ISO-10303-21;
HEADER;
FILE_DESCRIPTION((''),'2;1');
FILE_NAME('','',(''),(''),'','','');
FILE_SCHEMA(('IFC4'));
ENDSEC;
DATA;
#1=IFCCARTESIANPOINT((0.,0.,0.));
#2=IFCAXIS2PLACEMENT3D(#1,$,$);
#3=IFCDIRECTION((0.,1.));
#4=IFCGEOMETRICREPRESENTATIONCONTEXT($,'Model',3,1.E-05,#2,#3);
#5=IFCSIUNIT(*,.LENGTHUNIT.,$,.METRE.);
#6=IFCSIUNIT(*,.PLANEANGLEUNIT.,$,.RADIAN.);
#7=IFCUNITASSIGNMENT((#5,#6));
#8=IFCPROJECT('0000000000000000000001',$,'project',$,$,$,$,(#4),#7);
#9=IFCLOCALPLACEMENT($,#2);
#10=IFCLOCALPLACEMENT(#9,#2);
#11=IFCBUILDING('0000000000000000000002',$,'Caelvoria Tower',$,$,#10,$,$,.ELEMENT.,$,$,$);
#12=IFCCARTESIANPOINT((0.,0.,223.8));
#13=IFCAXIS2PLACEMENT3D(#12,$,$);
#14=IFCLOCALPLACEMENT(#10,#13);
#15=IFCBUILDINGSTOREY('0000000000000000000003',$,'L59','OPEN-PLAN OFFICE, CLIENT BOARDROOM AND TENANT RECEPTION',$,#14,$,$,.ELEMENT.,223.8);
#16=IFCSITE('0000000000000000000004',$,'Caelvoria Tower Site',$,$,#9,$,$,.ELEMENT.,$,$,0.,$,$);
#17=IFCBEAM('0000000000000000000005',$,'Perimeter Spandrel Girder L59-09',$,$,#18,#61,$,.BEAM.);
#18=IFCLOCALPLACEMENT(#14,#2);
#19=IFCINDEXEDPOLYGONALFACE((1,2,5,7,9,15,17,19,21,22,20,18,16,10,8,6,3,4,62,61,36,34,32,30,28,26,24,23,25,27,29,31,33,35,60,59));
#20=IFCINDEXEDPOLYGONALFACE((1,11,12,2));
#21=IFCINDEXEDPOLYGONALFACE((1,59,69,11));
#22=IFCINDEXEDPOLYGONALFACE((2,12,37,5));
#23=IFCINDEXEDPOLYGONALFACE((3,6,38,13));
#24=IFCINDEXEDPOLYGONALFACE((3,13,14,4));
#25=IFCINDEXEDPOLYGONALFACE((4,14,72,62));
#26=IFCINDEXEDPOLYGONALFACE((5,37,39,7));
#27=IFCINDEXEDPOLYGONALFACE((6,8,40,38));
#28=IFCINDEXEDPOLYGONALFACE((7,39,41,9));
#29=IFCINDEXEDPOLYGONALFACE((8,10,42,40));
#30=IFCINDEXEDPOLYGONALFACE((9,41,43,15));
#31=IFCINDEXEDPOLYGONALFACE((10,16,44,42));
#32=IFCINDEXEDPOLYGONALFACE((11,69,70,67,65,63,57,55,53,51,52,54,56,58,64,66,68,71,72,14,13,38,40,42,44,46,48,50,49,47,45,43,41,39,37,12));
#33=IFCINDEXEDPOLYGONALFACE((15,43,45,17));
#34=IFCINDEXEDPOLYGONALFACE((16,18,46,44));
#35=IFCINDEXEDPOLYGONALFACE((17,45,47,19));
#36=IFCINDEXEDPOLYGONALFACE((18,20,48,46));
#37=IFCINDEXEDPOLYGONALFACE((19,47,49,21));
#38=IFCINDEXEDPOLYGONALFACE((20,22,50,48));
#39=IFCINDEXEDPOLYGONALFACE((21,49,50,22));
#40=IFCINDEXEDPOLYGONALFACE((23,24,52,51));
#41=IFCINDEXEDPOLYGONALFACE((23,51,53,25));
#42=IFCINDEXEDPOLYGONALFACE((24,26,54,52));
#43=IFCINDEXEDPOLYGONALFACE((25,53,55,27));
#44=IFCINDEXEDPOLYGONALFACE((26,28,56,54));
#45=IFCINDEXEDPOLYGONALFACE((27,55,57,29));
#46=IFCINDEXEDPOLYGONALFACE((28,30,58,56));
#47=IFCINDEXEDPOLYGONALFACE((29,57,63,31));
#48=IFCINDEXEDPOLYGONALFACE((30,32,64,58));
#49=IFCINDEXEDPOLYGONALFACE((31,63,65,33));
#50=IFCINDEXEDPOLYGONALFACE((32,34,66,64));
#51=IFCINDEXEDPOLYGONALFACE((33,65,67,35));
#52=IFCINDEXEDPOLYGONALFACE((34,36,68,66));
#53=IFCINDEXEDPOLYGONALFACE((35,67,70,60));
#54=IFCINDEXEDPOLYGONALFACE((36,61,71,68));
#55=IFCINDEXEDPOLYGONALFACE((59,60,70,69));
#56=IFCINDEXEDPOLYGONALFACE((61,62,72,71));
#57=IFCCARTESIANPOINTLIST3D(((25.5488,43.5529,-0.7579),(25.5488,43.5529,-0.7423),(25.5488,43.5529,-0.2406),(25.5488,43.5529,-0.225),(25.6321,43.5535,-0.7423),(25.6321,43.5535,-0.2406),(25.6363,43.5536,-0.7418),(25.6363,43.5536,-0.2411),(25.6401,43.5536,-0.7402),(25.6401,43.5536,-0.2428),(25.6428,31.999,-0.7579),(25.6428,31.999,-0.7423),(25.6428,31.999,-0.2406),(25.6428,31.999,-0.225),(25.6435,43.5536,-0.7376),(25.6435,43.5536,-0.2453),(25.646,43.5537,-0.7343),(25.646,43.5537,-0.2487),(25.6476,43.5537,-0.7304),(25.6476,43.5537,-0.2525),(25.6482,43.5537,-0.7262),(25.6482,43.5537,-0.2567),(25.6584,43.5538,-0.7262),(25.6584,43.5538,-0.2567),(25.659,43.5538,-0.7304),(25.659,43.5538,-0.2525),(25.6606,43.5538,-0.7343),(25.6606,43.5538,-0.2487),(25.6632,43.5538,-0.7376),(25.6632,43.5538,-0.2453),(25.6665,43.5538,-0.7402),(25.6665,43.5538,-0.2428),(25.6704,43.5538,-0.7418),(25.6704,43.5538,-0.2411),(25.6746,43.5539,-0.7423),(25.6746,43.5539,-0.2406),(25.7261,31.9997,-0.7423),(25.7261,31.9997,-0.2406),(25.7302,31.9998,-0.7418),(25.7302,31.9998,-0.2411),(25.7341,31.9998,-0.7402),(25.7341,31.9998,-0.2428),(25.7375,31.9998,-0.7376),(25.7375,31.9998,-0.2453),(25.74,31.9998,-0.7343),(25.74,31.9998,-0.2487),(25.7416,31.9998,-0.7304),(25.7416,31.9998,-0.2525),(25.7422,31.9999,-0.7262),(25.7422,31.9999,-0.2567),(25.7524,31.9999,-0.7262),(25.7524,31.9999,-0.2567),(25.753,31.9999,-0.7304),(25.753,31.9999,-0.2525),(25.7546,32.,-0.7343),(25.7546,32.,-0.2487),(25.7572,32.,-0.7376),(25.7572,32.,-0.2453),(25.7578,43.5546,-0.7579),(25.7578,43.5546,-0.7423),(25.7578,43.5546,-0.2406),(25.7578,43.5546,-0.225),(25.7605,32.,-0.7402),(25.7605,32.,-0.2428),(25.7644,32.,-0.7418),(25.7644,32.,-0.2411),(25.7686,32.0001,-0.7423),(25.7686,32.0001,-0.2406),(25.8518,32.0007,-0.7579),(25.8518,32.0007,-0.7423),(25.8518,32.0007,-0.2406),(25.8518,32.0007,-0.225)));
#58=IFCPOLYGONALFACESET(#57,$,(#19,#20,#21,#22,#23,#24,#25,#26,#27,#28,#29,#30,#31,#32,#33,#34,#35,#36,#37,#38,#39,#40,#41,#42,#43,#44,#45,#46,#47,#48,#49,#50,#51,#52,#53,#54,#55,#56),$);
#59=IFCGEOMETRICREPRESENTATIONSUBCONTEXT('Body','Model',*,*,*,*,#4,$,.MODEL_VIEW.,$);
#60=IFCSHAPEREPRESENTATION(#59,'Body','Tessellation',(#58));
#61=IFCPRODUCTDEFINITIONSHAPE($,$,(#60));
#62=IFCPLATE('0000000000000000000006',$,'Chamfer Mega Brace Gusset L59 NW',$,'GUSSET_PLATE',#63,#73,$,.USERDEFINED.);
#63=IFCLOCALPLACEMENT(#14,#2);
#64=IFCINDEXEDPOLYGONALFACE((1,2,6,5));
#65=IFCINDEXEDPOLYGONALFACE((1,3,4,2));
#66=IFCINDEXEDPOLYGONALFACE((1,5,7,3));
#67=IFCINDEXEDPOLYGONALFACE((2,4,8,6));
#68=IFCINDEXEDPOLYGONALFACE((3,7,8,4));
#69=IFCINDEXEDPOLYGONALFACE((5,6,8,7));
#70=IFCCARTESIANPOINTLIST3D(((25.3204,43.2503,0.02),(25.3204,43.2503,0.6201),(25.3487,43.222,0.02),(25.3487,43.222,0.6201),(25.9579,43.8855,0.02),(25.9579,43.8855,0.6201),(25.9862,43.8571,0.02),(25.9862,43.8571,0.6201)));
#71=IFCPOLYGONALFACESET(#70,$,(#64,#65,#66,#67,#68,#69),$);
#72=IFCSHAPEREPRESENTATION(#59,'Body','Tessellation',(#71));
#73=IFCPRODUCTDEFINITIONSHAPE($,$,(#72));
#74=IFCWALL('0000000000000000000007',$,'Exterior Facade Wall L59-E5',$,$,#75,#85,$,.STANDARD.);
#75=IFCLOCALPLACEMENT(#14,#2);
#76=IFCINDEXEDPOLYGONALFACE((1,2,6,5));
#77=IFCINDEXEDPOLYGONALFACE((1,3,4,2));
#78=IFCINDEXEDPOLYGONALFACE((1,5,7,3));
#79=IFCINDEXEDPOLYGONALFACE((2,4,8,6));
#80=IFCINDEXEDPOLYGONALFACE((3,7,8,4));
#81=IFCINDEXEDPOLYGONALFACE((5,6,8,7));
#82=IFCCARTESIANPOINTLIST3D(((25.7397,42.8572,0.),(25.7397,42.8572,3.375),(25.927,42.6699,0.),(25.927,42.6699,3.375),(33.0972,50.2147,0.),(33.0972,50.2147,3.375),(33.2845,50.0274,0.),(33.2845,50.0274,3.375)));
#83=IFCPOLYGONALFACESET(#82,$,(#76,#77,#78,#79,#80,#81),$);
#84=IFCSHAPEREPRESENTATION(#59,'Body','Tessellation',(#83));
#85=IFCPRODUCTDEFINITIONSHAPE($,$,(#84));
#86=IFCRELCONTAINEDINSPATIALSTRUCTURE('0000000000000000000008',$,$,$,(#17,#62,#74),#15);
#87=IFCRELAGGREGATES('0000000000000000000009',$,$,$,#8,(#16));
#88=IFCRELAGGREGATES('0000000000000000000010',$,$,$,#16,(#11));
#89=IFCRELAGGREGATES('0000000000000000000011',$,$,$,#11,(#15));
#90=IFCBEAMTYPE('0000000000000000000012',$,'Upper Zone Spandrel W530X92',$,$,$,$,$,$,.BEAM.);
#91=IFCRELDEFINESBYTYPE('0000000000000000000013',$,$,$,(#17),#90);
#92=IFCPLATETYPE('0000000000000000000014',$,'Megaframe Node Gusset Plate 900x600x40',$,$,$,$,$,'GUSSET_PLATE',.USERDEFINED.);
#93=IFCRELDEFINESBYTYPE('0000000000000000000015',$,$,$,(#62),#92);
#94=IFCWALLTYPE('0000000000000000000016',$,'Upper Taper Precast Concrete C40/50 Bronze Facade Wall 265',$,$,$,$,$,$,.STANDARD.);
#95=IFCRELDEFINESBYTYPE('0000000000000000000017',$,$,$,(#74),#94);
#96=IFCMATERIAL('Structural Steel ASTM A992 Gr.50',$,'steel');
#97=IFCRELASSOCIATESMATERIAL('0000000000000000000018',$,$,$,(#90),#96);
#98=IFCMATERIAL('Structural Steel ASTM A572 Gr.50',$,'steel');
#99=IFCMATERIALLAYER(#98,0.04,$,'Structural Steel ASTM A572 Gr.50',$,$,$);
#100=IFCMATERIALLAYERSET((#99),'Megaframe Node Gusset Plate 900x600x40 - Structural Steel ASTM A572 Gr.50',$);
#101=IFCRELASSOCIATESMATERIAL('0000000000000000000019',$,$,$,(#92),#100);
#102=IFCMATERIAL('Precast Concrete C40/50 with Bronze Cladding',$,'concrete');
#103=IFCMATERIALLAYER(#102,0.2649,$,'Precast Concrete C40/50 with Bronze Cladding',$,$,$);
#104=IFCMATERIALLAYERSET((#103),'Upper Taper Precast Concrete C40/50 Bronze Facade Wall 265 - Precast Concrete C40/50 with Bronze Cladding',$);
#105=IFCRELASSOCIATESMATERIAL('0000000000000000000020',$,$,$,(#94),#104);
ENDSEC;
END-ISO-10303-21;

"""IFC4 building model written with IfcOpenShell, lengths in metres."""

from ifc_helpers import new_model, si_unit, direction, frame, frame_2d, origin, origin_2d, place, context, subcontext, project, spatial, rectangle, i_section, extrude, material, layer, layer_set, material_profile, profile_set, type_object, element, save


model = new_model("IFC4")

# Units and contexts
model_context = context("Model", 3, precision=1e-05, world=origin(), true_north=direction((0.0, 1.0)))
body_context = subcontext(model_context, "Body", "Model", "MODEL_VIEW")
ifc_project = project(units=[si_unit("LENGTHUNIT", "METRE"), si_unit("PLANEANGLEUNIT", "RADIAN")], contexts=[model_context])

# Site, building, storey
site_placement = place(None, origin())
site = spatial("IfcSite", under=ifc_project, at=site_placement, Name="Caelvoria Tower Site", CompositionType="ELEMENT", RefElevation=0.0)
building_placement = place(site_placement, origin())
building = spatial("IfcBuilding", under=site, at=building_placement, Name="Caelvoria Tower", CompositionType="ELEMENT")
storey_placement = place(building_placement, frame((0.0, 0.0, 223.8)))
storey = spatial("IfcBuildingStorey", under=building, at=storey_placement, Name="L59", Description="OPEN-PLAN OFFICE, CLIENT BOARDROOM AND TENANT RECEPTION", CompositionType="ELEMENT", Elevation=223.8)

# Shared definitions
ifc_material_1 = material(Name="Structural Steel ASTM A572 Gr.50", Category="steel")

# Shared definitions
ifc_material_2 = material(Name="Structural Steel ASTM A992 Gr.50", Category="steel")

# Beam
ifc_material_profile_1 = material_profile(ifc_material_2, i_section(OverallWidth=0.209, OverallDepth=0.533, WebThickness=0.0103, FlangeThickness=0.0156, FilletRadius=0.0161, at=origin_2d()), Name="Structural Steel ASTM A992 Gr.50")
ifc_profile_set_1 = profile_set([ifc_material_profile_1], Name="W530X92 - Structural Steel ASTM A992 Gr.50")
beam_type_1 = type_object("IfcBeamType", Name="Upper Zone Spandrel W530X92", PredefinedType="BEAM", material=ifc_profile_set_1)
beam_1_placement = place(storey_placement, frame((25.6533, 43.5537, -0.4915), z_axis=(0.008135, -0.999967, 0.0), x_axis=(0.999967, 0.008135, 0.0)))
element("IfcBeam", 1, at=beam_1_placement, inside=storey, type_object=beam_type_1, Name="Perimeter Spandrel Girder L59-09", PredefinedType="BEAM", context=body_context, shape_type="SweptSolid", body=[
    extrude(i_section(OverallWidth=0.209, OverallDepth=0.533, WebThickness=0.0103, FlangeThickness=0.0156, FilletRadius=0.0161, at=origin_2d()), origin(), (0.0, 0.0, 1.0), 11.5542),
])

# Plate
ifc_layer_1 = layer(ifc_material_1, 0.04, Name="Structural Steel ASTM A572 Gr.50")
ifc_layer_set_1 = layer_set([ifc_layer_1], Name="Megaframe Node Gusset Plate 900x600x40 - Structural Steel ASTM A572 Gr.50")
plate_type = type_object("IfcPlateType", Name="Megaframe Node Gusset Plate 900x600x40", ElementType="GUSSET_PLATE", PredefinedType="USERDEFINED", material=ifc_layer_set_1)
plate_placement = place(storey_placement, frame((25.6533, 43.5537, 0.02), z_axis=(0.0, 0.0, 1.0), x_axis=(0.708415, 0.705796, 0.0)))
element("IfcPlate", 2, at=plate_placement, inside=storey, type_object=plate_type, Name="Chamfer Mega Brace Gusset L59 NW", ObjectType="GUSSET_PLATE", PredefinedType="USERDEFINED", context=body_context, shape_type="SweptSolid", body=[
    extrude(rectangle(XDim=0.8999, YDim=0.04, at=origin_2d()), origin(), (0.0, 0.0, 1.0), 0.6001),
])

# Wall
ifc_material_3 = material(Name="Precast Concrete C40/50 with Bronze Cladding", Category="concrete")
ifc_layer_2 = layer(ifc_material_3, 0.2649, Name="Precast Concrete C40/50 with Bronze Cladding")
ifc_layer_set_2 = layer_set([ifc_layer_2], Name="Upper Taper Precast Concrete C40/50 Bronze Facade Wall 265 - Precast Concrete C40/50 with Bronze Cladding")
wall_type = type_object("IfcWallType", Name="Upper Taper Precast Concrete C40/50 Bronze Facade Wall 265", PredefinedType="STANDARD", material=ifc_layer_set_2)
wall_1_placement = place(storey_placement, frame((33.1909, 50.1211, 0.0), z_axis=(0.0, 0.0, 1.0), x_axis=(-0.707107, -0.707107, 0.0)))
element("IfcWall", 3, at=wall_1_placement, inside=storey, type_object=wall_type, Name="Exterior Facade Wall L59-E5", PredefinedType="STANDARD", context=body_context, shape_type="SweptSolid", body=[
    extrude(rectangle(XDim=10.405, YDim=0.2649, at=frame_2d((5.2026, 0.0))), origin(), (0.0, 0.0, 1.0), 3.375),
])

save(model, "model.ifc")
